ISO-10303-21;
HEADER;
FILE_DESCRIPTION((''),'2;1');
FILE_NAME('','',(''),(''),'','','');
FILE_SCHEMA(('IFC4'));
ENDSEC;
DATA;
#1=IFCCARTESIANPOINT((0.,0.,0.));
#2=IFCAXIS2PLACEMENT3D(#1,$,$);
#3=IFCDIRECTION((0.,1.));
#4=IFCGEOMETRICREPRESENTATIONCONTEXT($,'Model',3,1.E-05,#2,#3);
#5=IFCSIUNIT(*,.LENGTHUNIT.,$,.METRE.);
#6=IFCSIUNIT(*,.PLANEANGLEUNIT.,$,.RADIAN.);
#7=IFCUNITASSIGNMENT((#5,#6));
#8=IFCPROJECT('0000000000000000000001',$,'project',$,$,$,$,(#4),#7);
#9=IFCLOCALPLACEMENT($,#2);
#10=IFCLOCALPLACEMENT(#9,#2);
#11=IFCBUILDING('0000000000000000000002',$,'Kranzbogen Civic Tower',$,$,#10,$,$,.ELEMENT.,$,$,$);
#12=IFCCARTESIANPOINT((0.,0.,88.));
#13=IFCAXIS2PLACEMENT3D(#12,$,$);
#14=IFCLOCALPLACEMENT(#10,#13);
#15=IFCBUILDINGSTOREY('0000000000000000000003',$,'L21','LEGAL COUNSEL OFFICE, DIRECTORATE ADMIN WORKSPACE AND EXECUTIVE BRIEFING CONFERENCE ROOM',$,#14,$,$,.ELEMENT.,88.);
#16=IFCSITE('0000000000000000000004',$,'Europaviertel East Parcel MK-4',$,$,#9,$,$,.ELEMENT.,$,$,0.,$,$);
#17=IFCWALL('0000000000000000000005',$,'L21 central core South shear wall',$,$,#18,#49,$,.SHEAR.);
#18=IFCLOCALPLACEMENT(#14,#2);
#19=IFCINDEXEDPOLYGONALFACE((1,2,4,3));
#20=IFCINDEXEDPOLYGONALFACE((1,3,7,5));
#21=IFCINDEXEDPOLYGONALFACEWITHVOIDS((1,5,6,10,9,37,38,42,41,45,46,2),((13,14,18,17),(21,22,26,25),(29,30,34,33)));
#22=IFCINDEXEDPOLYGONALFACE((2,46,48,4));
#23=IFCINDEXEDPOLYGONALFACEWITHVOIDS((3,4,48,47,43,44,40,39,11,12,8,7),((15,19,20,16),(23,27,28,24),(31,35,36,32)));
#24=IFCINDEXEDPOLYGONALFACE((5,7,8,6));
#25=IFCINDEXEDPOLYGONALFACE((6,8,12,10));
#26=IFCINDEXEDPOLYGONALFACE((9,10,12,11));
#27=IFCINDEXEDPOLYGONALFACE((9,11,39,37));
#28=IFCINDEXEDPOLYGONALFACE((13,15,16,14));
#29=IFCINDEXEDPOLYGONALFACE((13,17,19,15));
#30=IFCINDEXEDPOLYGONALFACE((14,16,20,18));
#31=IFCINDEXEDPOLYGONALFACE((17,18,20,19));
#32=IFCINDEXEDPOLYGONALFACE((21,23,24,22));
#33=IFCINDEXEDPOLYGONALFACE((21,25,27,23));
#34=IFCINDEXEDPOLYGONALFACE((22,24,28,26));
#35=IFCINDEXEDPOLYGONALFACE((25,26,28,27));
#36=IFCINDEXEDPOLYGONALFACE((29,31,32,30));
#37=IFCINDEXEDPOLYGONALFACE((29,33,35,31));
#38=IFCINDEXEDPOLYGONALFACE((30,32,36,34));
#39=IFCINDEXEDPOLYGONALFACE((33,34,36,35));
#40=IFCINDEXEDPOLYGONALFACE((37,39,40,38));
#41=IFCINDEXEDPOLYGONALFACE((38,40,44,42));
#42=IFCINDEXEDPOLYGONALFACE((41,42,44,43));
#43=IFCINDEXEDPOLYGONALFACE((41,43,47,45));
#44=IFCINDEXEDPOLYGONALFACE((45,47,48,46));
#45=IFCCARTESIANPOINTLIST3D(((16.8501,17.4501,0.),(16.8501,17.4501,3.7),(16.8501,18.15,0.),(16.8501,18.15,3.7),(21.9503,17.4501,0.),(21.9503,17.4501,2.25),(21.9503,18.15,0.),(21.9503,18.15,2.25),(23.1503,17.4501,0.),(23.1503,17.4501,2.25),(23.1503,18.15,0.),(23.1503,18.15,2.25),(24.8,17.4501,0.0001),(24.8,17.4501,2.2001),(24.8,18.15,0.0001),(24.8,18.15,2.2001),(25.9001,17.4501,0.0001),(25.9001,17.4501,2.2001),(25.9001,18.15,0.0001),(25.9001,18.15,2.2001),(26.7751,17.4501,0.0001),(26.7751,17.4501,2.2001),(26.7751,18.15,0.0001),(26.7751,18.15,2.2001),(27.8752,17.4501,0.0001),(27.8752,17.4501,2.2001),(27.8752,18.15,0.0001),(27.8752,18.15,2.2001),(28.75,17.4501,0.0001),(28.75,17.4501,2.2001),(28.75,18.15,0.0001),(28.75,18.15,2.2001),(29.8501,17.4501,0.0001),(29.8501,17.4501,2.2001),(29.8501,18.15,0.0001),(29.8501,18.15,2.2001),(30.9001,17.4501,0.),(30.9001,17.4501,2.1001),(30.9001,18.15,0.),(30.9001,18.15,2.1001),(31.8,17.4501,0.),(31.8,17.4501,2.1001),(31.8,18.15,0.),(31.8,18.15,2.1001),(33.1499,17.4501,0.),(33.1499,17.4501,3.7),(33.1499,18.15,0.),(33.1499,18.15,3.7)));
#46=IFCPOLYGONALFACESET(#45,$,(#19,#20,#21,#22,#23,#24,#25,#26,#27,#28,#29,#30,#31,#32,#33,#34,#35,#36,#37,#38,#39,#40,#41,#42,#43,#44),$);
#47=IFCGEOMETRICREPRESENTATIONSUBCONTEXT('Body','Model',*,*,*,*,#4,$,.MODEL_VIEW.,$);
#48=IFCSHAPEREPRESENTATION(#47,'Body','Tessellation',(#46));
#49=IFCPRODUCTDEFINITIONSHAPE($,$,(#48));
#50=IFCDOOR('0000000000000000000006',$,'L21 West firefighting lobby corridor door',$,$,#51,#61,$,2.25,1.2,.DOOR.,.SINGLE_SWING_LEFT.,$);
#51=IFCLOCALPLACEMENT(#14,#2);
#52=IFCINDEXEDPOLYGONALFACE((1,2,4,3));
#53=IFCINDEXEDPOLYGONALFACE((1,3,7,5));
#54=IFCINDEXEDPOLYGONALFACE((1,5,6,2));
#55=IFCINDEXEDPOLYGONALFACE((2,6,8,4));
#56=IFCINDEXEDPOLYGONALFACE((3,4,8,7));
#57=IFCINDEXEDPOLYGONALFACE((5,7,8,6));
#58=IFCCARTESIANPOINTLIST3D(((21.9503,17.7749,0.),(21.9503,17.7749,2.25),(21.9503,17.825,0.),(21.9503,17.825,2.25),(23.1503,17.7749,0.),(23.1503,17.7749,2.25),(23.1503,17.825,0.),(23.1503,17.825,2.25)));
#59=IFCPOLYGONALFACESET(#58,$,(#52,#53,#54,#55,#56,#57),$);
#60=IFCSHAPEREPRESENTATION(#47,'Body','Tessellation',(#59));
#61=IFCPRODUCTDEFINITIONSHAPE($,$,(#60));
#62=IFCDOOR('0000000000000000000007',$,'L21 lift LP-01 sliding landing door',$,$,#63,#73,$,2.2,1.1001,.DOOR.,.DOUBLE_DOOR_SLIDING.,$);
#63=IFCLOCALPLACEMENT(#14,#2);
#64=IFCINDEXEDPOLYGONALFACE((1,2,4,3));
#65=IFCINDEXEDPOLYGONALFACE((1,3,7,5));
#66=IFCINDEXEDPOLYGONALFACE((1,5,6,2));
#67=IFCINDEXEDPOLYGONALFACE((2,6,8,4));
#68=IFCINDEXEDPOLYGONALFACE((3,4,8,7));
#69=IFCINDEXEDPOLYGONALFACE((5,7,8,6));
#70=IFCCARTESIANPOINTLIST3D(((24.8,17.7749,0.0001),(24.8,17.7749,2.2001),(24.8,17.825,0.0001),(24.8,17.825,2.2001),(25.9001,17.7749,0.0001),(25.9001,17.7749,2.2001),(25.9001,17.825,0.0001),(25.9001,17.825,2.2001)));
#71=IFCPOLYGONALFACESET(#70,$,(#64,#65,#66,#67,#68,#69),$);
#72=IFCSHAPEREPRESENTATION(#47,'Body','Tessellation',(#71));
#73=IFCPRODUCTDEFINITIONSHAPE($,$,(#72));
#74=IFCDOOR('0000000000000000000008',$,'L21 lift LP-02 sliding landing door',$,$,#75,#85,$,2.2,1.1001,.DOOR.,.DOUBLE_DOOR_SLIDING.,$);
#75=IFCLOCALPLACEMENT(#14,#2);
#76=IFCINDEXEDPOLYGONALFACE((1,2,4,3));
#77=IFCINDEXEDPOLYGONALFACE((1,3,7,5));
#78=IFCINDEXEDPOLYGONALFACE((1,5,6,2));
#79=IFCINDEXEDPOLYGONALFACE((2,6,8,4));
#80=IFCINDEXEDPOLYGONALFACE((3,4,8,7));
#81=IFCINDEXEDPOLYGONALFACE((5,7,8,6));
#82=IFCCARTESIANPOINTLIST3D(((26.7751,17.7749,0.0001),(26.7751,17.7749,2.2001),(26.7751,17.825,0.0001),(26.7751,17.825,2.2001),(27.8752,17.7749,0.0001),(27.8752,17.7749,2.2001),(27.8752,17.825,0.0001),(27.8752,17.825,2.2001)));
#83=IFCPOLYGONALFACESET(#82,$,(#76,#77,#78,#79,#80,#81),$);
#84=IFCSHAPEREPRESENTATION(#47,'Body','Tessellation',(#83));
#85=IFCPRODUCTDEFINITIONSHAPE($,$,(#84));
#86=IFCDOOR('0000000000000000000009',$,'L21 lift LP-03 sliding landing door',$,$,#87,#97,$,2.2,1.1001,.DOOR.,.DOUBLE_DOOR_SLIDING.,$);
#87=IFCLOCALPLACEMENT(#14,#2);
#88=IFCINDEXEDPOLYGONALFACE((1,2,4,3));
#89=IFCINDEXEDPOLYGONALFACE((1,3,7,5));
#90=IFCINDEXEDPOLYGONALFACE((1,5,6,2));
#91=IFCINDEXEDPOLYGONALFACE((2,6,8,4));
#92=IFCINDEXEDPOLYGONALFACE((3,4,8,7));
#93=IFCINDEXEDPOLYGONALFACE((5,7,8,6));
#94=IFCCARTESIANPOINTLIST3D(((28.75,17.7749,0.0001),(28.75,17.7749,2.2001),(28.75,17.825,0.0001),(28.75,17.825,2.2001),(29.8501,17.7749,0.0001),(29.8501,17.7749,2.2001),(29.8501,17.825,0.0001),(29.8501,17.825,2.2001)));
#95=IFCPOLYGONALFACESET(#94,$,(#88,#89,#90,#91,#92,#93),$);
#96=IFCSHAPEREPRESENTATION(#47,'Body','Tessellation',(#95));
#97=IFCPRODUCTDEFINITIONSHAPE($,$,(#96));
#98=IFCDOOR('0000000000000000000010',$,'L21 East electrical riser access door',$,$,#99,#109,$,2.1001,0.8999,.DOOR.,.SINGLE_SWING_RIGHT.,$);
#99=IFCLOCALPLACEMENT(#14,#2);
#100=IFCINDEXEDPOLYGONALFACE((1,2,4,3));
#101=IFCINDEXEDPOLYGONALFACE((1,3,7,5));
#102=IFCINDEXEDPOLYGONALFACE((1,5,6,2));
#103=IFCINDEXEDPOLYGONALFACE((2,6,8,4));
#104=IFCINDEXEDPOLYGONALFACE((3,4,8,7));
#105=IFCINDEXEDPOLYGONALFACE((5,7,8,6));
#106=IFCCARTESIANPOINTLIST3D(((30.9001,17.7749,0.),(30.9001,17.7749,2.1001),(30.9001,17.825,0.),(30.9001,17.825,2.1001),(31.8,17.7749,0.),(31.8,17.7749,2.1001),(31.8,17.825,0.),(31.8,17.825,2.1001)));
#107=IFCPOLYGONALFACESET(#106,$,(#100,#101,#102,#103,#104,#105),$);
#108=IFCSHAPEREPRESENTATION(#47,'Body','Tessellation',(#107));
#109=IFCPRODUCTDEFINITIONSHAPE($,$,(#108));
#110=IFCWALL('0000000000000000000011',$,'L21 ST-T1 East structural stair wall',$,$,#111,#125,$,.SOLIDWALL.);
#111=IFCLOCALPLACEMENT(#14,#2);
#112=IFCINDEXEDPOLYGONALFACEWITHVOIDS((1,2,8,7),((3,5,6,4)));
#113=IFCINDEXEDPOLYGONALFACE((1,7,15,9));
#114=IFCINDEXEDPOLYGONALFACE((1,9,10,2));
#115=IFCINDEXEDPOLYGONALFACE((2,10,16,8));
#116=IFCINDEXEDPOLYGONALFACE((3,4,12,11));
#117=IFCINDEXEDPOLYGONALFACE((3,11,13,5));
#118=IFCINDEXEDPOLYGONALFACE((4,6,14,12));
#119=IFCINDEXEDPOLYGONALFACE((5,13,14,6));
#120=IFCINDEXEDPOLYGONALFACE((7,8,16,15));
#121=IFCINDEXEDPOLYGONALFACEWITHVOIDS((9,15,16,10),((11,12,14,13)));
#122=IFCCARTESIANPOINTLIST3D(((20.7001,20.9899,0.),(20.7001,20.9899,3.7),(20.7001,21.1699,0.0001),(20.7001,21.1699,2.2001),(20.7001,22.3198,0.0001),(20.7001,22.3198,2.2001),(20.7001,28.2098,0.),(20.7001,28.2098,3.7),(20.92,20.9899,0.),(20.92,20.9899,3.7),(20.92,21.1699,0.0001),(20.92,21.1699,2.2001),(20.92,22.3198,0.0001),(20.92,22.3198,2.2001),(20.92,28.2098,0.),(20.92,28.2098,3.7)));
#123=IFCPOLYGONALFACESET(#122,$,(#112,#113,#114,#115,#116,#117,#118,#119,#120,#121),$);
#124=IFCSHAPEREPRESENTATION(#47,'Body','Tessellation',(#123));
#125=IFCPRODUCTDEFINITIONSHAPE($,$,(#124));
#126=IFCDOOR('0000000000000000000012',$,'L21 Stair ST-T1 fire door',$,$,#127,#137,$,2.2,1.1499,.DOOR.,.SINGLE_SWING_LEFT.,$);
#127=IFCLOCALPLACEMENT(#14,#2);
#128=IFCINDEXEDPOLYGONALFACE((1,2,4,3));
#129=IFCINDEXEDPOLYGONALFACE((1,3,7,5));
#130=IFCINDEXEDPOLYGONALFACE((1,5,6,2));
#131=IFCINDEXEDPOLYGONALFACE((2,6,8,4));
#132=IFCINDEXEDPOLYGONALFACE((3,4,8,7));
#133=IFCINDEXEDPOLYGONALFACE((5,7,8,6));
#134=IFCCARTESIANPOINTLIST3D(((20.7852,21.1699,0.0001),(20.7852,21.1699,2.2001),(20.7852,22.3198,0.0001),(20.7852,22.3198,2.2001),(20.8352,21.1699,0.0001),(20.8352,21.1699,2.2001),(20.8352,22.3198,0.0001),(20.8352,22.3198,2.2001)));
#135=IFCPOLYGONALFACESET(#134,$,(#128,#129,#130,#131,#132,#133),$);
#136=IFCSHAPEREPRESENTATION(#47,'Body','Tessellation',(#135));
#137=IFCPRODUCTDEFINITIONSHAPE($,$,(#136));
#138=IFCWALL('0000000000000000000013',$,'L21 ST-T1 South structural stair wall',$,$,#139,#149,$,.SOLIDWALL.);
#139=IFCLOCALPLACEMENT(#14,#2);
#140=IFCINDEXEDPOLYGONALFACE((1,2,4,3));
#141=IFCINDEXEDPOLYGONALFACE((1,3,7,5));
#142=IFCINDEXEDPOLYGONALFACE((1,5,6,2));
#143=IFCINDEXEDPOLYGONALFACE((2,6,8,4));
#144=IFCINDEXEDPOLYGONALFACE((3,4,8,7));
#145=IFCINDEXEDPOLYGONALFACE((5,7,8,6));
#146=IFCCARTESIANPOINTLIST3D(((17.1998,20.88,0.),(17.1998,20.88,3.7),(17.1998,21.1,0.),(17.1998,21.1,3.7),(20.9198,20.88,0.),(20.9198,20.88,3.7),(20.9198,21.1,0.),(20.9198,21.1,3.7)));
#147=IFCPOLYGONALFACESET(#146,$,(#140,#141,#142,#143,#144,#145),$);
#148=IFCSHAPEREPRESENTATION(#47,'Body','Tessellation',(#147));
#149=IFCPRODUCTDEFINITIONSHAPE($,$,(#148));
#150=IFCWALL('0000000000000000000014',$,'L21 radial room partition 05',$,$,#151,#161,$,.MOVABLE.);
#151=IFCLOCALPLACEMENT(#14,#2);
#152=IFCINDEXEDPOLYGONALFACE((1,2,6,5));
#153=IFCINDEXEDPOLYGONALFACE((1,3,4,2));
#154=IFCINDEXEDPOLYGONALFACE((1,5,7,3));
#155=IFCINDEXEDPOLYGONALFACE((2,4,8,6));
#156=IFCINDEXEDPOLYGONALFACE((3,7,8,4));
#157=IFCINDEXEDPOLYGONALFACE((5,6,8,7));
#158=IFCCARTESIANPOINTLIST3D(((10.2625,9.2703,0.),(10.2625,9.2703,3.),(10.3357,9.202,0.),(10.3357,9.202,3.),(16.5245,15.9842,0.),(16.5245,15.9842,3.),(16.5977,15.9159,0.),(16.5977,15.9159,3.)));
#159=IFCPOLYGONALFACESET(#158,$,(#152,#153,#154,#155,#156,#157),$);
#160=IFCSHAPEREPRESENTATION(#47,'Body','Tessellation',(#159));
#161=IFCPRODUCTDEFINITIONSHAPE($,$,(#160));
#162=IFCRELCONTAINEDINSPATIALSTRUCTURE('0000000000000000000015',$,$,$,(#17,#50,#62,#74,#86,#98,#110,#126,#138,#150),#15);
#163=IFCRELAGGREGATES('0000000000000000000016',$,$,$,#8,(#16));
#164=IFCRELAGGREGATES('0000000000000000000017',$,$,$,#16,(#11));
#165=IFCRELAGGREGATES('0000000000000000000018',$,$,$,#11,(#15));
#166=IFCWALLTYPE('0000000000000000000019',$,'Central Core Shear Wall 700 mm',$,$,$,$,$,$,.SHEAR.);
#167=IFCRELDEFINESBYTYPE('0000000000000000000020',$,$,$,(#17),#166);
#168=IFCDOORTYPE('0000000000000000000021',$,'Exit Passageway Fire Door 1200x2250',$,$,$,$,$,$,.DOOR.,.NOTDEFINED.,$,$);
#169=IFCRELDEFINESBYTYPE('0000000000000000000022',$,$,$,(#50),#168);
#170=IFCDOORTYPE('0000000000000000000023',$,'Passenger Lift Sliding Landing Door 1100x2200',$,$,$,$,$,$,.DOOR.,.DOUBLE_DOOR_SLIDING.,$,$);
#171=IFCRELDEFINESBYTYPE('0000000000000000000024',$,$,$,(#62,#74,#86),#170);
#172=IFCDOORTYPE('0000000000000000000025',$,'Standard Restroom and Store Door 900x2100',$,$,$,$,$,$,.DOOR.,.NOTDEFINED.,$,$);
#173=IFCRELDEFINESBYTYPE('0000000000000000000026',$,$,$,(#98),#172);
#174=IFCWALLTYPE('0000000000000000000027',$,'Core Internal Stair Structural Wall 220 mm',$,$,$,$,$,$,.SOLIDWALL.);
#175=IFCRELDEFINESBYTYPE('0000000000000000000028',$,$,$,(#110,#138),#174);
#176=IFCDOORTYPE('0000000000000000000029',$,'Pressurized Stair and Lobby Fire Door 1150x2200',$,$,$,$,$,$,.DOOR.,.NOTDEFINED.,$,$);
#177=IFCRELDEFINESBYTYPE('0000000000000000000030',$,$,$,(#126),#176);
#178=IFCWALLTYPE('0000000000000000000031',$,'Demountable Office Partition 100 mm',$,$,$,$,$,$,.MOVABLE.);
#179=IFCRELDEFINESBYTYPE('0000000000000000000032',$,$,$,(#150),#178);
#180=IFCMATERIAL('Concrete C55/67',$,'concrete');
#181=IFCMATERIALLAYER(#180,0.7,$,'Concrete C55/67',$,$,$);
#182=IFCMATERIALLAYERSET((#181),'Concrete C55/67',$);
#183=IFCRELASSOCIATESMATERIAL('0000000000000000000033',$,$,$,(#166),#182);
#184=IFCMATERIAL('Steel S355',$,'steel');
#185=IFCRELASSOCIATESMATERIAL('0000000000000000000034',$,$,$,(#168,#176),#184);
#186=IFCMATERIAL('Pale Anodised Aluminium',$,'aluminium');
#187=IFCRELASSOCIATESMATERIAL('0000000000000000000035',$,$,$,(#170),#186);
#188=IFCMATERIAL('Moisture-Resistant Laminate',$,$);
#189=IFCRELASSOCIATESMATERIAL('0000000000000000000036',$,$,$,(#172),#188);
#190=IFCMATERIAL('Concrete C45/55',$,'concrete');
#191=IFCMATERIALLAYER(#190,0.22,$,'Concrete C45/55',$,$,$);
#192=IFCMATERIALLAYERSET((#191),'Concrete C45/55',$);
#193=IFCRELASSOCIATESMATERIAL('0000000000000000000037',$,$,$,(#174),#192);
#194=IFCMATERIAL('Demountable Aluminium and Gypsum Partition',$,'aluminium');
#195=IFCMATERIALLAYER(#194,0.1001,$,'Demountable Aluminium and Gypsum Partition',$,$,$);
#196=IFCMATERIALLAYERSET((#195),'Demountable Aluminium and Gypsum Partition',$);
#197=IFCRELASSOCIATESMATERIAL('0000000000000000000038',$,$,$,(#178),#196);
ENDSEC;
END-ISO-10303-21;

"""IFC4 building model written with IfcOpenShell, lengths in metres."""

from ifc_helpers import new_model, si_unit, direction, frame, frame_2d, origin, place, context, subcontext, project, spatial, rectangle, extrude, material, layer, layer_set, type_object, element, fill, save


model = new_model("IFC4")

# Units and contexts
model_context = context("Model", 3, precision=1e-05, world=origin(), true_north=direction((0.0, 1.0)))
body_context = subcontext(model_context, "Body", "Model", "MODEL_VIEW")
ifc_project = project(units=[si_unit("LENGTHUNIT", "METRE"), si_unit("PLANEANGLEUNIT", "RADIAN")], contexts=[model_context])

# Site, building, storey
site_placement = place(None, origin())
site = spatial("IfcSite", under=ifc_project, at=site_placement, Name="Europaviertel East Parcel MK-4", CompositionType="ELEMENT", RefElevation=0.0)
building_placement = place(site_placement, origin())
building = spatial("IfcBuilding", under=site, at=building_placement, Name="Kranzbogen Civic Tower", CompositionType="ELEMENT")
storey_placement = place(building_placement, frame((0.0, 0.0, 88.0)))
storey = spatial("IfcBuildingStorey", under=building, at=storey_placement, Name="L21", Description="LEGAL COUNSEL OFFICE, DIRECTORATE ADMIN WORKSPACE AND EXECUTIVE BRIEFING CONFERENCE ROOM", CompositionType="ELEMENT", Elevation=88.0)

# Shared definitions
ifc_material_1 = material(Name="Steel S355", Category="steel")

# Wall, openings, doors
ifc_material_2 = material(Name="Concrete C55/67", Category="concrete")
ifc_layer_1 = layer(ifc_material_2, 0.7, Name="Concrete C55/67")
ifc_layer_set_1 = layer_set([ifc_layer_1], Name="Concrete C55/67")
wall_type_1 = type_object("IfcWallType", Name="Central Core Shear Wall 700 mm", PredefinedType="SHEAR", material=ifc_layer_set_1)
wall_1_placement = place(storey_placement, frame((16.8501, 17.8, 0.0), z_axis=(0.0, 0.0, 1.0), x_axis=(1.0, 0.0, 0.0)))
wall_1 = element("IfcWall", 1, at=wall_1_placement, inside=storey, type_object=wall_type_1, Name="L21 central core South shear wall", PredefinedType="SHEAR", context=body_context, shape_type="SweptSolid", body=[
    extrude(rectangle(XDim=16.2998, YDim=0.7, at=frame_2d((8.1499, 0.0))), origin(), (0.0, 0.0, 1.0), 3.7),
])
opening_1_placement = place(wall_1_placement, frame((5.1001, 0.0, 0.0)))
opening_1 = element("IfcOpeningElement", 2, at=opening_1_placement, cuts=wall_1, PredefinedType="OPENING", context=body_context, shape_type="SweptSolid", body=[
    extrude(rectangle(XDim=1.2, YDim=2.25, at=frame_2d((0.6001, 1.125))), frame((0.0, 0.3599, 0.0), z_axis=(0.0, -1.0, 0.0), x_axis=(1.0, 0.0, 0.0)), (0.0, 0.0, 1.0), 0.72),
])
opening_2_placement = place(wall_1_placement, frame((14.05, 0.0, 0.0)))
opening_2 = element("IfcOpeningElement", 3, at=opening_2_placement, cuts=wall_1, PredefinedType="OPENING", context=body_context, shape_type="SweptSolid", body=[
    extrude(rectangle(XDim=0.8999, YDim=2.1001, at=frame_2d((0.45, 1.05))), frame((0.0, 0.3599, 0.0), z_axis=(0.0, -1.0, 0.0), x_axis=(1.0, 0.0, 0.0)), (0.0, 0.0, 1.0), 0.72),
])
opening_3_placement = place(wall_1_placement, frame((7.95, 0.0, 0.0)))
opening_3 = element("IfcOpeningElement", 4, at=opening_3_placement, cuts=wall_1, PredefinedType="OPENING", context=body_context, shape_type="SweptSolid", body=[
    extrude(rectangle(XDim=1.1001, YDim=2.2, at=frame_2d((0.55, 1.1001))), frame((0.0, 0.3599, 0.0), z_axis=(0.0, -1.0, 0.0), x_axis=(1.0, 0.0, 0.0)), (0.0, 0.0, 1.0), 0.72),
])
opening_4_placement = place(wall_1_placement, frame((9.925, 0.0, 0.0)))
opening_4 = element("IfcOpeningElement", 5, at=opening_4_placement, cuts=wall_1, PredefinedType="OPENING", context=body_context, shape_type="SweptSolid", body=[
    extrude(rectangle(XDim=1.1001, YDim=2.2, at=frame_2d((0.55, 1.1001))), frame((0.0, 0.3599, 0.0), z_axis=(0.0, -1.0, 0.0), x_axis=(1.0, 0.0, 0.0)), (0.0, 0.0, 1.0), 0.72),
])
opening_5_placement = place(wall_1_placement, frame((11.8999, 0.0, 0.0)))
opening_5 = element("IfcOpeningElement", 6, at=opening_5_placement, cuts=wall_1, PredefinedType="OPENING", context=body_context, shape_type="SweptSolid", body=[
    extrude(rectangle(XDim=1.1001, YDim=2.2, at=frame_2d((0.55, 1.1001))), frame((0.0, 0.3599, 0.0), z_axis=(0.0, -1.0, 0.0), x_axis=(1.0, 0.0, 0.0)), (0.0, 0.0, 1.0), 0.72),
])
door_type_1 = type_object("IfcDoorType", Name="Exit Passageway Fire Door 1200x2250", OperationType="NOTDEFINED", PredefinedType="DOOR", material=ifc_material_1)
door_1_placement = place(opening_1_placement, origin())
door_1 = element("IfcDoor", 7, at=door_1_placement, inside=storey, type_object=door_type_1, Name="L21 West firefighting lobby corridor door", OperationType="SINGLE_SWING_LEFT", OverallHeight=2.25, OverallWidth=1.2, PredefinedType="DOOR", context=body_context, shape_type="SweptSolid", body=[
    extrude(rectangle(XDim=1.2, YDim=2.25, at=frame_2d((0.6001, 1.125))), frame((0.0, 0.0249, 0.0), z_axis=(0.0, -1.0, 0.0), x_axis=(1.0, 0.0, 0.0)), (0.0, 0.0, 1.0), 0.05),
])
fill(opening_1, door_1)
ifc_material_3 = material(Name="Pale Anodised Aluminium", Category="aluminium")
door_type_2 = type_object("IfcDoorType", Name="Passenger Lift Sliding Landing Door 1100x2200", OperationType="DOUBLE_DOOR_SLIDING", PredefinedType="DOOR", material=ifc_material_3)
door_2_placement = place(opening_3_placement, origin())
door_2 = element("IfcDoor", 8, at=door_2_placement, inside=storey, type_object=door_type_2, Name="L21 lift LP-01 sliding landing door", OperationType="DOUBLE_DOOR_SLIDING", OverallHeight=2.2, OverallWidth=1.1001, PredefinedType="DOOR", context=body_context, shape_type="SweptSolid", body=[
    extrude(rectangle(XDim=1.1001, YDim=2.2, at=frame_2d((0.55, 1.1001))), frame((0.0, 0.0249, 0.0), z_axis=(0.0, -1.0, 0.0), x_axis=(1.0, 0.0, 0.0)), (0.0, 0.0, 1.0), 0.05),
])
fill(opening_3, door_2)
door_3_placement = place(opening_4_placement, origin())
door_3 = element("IfcDoor", 9, at=door_3_placement, inside=storey, type_object=door_type_2, Name="L21 lift LP-02 sliding landing door", OperationType="DOUBLE_DOOR_SLIDING", OverallHeight=2.2, OverallWidth=1.1001, PredefinedType="DOOR", context=body_context, shape_type="SweptSolid", body=[
    extrude(rectangle(XDim=1.1001, YDim=2.2, at=frame_2d((0.55, 1.1001))), frame((0.0, 0.0249, 0.0), z_axis=(0.0, -1.0, 0.0), x_axis=(1.0, 0.0, 0.0)), (0.0, 0.0, 1.0), 0.05),
])
fill(opening_4, door_3)
door_4_placement = place(opening_5_placement, origin())
door_4 = element("IfcDoor", 10, at=door_4_placement, inside=storey, type_object=door_type_2, Name="L21 lift LP-03 sliding landing door", OperationType="DOUBLE_DOOR_SLIDING", OverallHeight=2.2, OverallWidth=1.1001, PredefinedType="DOOR", context=body_context, shape_type="SweptSolid", body=[
    extrude(rectangle(XDim=1.1001, YDim=2.2, at=frame_2d((0.55, 1.1001))), frame((0.0, 0.0249, 0.0), z_axis=(0.0, -1.0, 0.0), x_axis=(1.0, 0.0, 0.0)), (0.0, 0.0, 1.0), 0.05),
])
fill(opening_5, door_4)
ifc_material_4 = material(Name="Moisture-Resistant Laminate")
door_type_3 = type_object("IfcDoorType", Name="Standard Restroom and Store Door 900x2100", OperationType="NOTDEFINED", PredefinedType="DOOR", material=ifc_material_4)
door_5_placement = place(opening_2_placement, origin())
door_5 = element("IfcDoor", 11, at=door_5_placement, inside=storey, type_object=door_type_3, Name="L21 East electrical riser access door", OperationType="SINGLE_SWING_RIGHT", OverallHeight=2.1001, OverallWidth=0.8999, PredefinedType="DOOR", context=body_context, shape_type="SweptSolid", body=[
    extrude(rectangle(XDim=0.8999, YDim=2.1001, at=frame_2d((0.45, 1.05))), frame((0.0, 0.0249, 0.0), z_axis=(0.0, -1.0, 0.0), x_axis=(1.0, 0.0, 0.0)), (0.0, 0.0, 1.0), 0.05),
])
fill(opening_2, door_5)

# Wall, opening, door
ifc_material_5 = material(Name="Concrete C45/55", Category="concrete")
ifc_layer_2 = layer(ifc_material_5, 0.22, Name="Concrete C45/55")
ifc_layer_set_2 = layer_set([ifc_layer_2], Name="Concrete C45/55")
wall_type_2 = type_object("IfcWallType", Name="Core Internal Stair Structural Wall 220 mm", PredefinedType="SOLIDWALL", material=ifc_layer_set_2)
wall_2_placement = place(storey_placement, frame((20.8101, 20.99, 0.0), z_axis=(0.0, 0.0, 1.0), x_axis=(0.0, 1.0, 0.0)))
wall_2 = element("IfcWall", 12, at=wall_2_placement, inside=storey, type_object=wall_type_2, Name="L21 ST-T1 East structural stair wall", PredefinedType="SOLIDWALL", context=body_context, shape_type="SweptSolid", body=[
    extrude(rectangle(XDim=7.22, YDim=0.22, at=frame_2d((3.6099, 0.0))), origin(), (0.0, 0.0, 1.0), 3.7),
])
opening_6_placement = place(wall_2_placement, frame((0.1799, 0.0, 0.0)))
opening_6 = element("IfcOpeningElement", 13, at=opening_6_placement, cuts=wall_2, PredefinedType="OPENING", context=body_context, shape_type="SweptSolid", body=[
    extrude(rectangle(XDim=1.1499, YDim=2.2, at=frame_2d((0.575, 1.1001))), frame((0.0, 0.1201, 0.0), z_axis=(0.0, -1.0, 0.0), x_axis=(1.0, 0.0, 0.0)), (0.0, 0.0, 1.0), 0.24),
])
door_type_4 = type_object("IfcDoorType", Name="Pressurized Stair and Lobby Fire Door 1150x2200", OperationType="NOTDEFINED", PredefinedType="DOOR", material=ifc_material_1)
door_6_placement = place(opening_6_placement, origin())
door_6 = element("IfcDoor", 14, at=door_6_placement, inside=storey, type_object=door_type_4, Name="L21 Stair ST-T1 fire door", OperationType="SINGLE_SWING_LEFT", OverallHeight=2.2, OverallWidth=1.1499, PredefinedType="DOOR", context=body_context, shape_type="SweptSolid", body=[
    extrude(rectangle(XDim=1.1499, YDim=2.2, at=frame_2d((0.575, 1.1001))), frame((0.0, 0.0249, 0.0), z_axis=(0.0, -1.0, 0.0), x_axis=(1.0, 0.0, 0.0)), (0.0, 0.0, 1.0), 0.05),
])
fill(opening_6, door_6)

# Walls
wall_3_placement = place(storey_placement, frame((17.2, 20.99, 0.0), z_axis=(0.0, 0.0, 1.0), x_axis=(1.0, 0.0, 0.0)))
element("IfcWall", 15, at=wall_3_placement, inside=storey, type_object=wall_type_2, Name="L21 ST-T1 South structural stair wall", PredefinedType="SOLIDWALL", context=body_context, shape_type="SweptSolid", body=[
    extrude(rectangle(XDim=3.72, YDim=0.22, at=frame_2d((1.8599, 0.0))), origin(), (0.0, 0.0, 1.0), 3.7),
])
ifc_material_6 = material(Name="Demountable Aluminium and Gypsum Partition", Category="aluminium")
ifc_layer_3 = layer(ifc_material_6, 0.1001, Name="Demountable Aluminium and Gypsum Partition")
ifc_layer_set_3 = layer_set([ifc_layer_3], Name="Demountable Aluminium and Gypsum Partition")
wall_type_3 = type_object("IfcWallType", Name="Demountable Office Partition 100 mm", PredefinedType="MOVABLE", material=ifc_layer_set_3)
wall_4_placement = place(storey_placement, frame((16.561, 15.95, 0.0), z_axis=(0.0, 0.0, 1.0), x_axis=(-0.682067, -0.73129, 0.0)))
element("IfcWall", 16, at=wall_4_placement, inside=storey, type_object=wall_type_3, Name="L21 radial room partition 05", PredefinedType="MOVABLE", context=body_context, shape_type="SweptSolid", body=[
    extrude(rectangle(XDim=9.1809, YDim=0.1001, at=frame_2d((4.5903, 0.0))), origin(), (0.0, 0.0, 1.0), 3.0),
])

save(model, "model.ifc")
